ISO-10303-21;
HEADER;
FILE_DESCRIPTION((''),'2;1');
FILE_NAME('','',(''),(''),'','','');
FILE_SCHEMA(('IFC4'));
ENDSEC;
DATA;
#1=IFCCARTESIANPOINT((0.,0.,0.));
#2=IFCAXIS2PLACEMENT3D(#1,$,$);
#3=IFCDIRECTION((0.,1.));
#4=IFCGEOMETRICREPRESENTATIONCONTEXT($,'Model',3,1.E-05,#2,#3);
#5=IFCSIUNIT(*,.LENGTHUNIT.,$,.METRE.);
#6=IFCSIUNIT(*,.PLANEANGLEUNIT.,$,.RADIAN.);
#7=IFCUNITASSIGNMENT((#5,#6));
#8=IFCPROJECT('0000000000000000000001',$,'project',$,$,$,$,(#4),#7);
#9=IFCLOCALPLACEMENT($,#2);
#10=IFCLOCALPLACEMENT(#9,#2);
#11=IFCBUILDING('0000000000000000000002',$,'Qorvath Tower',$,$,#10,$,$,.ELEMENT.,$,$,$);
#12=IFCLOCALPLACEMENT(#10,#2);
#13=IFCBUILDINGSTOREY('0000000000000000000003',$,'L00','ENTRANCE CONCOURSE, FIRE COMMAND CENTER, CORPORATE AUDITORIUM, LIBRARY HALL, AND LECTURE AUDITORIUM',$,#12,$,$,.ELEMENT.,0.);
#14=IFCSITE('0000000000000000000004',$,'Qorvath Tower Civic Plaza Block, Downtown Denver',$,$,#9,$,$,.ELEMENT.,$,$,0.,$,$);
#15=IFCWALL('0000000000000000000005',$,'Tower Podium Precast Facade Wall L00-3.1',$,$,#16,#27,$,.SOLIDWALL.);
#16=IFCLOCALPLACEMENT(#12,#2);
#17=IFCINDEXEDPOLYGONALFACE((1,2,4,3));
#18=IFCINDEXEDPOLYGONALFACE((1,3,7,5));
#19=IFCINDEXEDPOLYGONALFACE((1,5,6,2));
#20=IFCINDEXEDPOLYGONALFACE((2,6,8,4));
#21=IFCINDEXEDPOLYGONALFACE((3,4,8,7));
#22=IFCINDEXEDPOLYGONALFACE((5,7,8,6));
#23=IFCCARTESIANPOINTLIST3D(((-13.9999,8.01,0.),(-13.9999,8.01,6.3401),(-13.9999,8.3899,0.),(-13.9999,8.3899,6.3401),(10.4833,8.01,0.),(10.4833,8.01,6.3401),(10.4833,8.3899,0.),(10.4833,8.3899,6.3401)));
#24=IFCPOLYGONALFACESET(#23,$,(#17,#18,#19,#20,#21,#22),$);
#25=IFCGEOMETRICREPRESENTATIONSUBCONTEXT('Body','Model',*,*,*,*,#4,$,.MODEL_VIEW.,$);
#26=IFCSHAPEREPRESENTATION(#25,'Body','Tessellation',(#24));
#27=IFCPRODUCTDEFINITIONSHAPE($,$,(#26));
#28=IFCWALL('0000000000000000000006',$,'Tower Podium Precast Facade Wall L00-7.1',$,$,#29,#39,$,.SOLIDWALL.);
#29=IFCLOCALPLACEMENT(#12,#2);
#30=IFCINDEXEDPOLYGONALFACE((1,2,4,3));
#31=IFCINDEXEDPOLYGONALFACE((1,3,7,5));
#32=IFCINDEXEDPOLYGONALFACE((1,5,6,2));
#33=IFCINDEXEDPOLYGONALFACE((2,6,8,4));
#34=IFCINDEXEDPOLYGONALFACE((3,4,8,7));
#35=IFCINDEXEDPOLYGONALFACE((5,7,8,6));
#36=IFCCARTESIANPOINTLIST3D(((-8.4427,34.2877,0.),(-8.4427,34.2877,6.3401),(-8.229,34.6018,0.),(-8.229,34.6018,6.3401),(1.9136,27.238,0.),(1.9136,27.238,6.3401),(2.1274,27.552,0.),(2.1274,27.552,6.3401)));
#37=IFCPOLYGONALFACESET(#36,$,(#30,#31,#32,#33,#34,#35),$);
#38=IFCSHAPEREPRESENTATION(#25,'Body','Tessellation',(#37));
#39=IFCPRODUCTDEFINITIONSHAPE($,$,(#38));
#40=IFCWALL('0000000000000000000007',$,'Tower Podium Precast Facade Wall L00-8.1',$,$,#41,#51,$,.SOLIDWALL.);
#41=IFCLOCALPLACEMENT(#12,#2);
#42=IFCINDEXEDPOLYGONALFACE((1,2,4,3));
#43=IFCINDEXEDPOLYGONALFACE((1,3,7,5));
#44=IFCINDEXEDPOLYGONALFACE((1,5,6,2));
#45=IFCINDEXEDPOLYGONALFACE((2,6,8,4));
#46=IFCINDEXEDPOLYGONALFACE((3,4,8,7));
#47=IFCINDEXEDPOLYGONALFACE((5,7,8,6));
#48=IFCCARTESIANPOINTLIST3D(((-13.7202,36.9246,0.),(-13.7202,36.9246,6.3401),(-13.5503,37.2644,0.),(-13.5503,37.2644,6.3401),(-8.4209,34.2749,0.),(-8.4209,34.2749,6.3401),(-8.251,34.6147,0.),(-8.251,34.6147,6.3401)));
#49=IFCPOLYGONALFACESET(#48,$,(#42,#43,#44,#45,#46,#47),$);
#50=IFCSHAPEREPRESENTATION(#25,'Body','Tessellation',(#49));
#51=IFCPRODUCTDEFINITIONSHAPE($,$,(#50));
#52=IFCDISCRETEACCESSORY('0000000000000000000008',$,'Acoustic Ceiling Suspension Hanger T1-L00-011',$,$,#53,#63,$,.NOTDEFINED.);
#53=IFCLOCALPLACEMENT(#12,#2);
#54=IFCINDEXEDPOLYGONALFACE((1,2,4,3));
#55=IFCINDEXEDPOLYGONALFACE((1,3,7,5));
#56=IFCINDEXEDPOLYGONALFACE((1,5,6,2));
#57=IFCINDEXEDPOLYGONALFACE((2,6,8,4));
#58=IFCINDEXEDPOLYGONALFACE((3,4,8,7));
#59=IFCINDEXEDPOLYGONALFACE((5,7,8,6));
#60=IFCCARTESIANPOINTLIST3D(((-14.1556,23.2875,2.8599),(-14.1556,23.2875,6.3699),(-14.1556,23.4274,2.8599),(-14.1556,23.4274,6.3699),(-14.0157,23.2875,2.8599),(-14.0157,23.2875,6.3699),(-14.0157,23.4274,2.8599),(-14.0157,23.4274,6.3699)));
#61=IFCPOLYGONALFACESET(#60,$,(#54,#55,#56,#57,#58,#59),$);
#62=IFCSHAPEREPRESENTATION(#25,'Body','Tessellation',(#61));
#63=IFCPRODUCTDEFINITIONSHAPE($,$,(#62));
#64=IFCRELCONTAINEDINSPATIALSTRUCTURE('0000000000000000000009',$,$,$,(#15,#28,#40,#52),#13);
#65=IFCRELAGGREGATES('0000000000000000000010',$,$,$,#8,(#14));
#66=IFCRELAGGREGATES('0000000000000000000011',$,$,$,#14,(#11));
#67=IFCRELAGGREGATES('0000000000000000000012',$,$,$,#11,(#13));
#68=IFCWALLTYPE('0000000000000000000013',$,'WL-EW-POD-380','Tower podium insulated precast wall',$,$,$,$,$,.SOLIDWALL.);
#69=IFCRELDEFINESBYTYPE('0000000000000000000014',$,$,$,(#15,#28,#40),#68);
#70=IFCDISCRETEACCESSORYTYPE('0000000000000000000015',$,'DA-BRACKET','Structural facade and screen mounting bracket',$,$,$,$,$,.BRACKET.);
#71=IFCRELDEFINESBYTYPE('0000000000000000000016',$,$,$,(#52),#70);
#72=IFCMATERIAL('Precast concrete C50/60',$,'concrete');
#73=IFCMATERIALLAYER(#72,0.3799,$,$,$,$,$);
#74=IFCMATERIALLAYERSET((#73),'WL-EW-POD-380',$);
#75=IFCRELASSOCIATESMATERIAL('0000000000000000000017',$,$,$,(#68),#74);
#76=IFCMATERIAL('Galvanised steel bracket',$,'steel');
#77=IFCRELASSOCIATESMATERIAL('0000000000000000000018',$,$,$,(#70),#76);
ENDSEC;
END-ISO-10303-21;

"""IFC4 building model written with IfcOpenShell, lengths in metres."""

from ifc_helpers import new_model, si_unit, direction, frame, frame_2d, origin, origin_2d, place, context, subcontext, project, spatial, rectangle, extrude, material, layer, layer_set, type_object, element, save


model = new_model("IFC4")

# Units and contexts
model_context = context("Model", 3, precision=1e-05, world=origin(), true_north=direction((0.0, 1.0)))
body_context = subcontext(model_context, "Body", "Model", "MODEL_VIEW")
ifc_project = project(units=[si_unit("LENGTHUNIT", "METRE"), si_unit("PLANEANGLEUNIT", "RADIAN")], contexts=[model_context])

# Site, building, storey
site_placement = place(None, origin())
site = spatial("IfcSite", under=ifc_project, at=site_placement, Name="Qorvath Tower Civic Plaza Block, Downtown Denver", CompositionType="ELEMENT", RefElevation=0.0)
building_placement = place(site_placement, origin())
building = spatial("IfcBuilding", under=site, at=building_placement, Name="Qorvath Tower", CompositionType="ELEMENT")
storey_placement = place(building_placement, origin())
storey = spatial("IfcBuildingStorey", under=building, at=storey_placement, Name="L00", Description="ENTRANCE CONCOURSE, FIRE COMMAND CENTER, CORPORATE AUDITORIUM, LIBRARY HALL, AND LECTURE AUDITORIUM", CompositionType="ELEMENT", Elevation=0.0)

# Shared definitions
ifc_material_1 = material(Name="Precast concrete C50/60", Category="concrete")
ifc_layer_1 = layer(ifc_material_1, 0.3799)
ifc_layer_set_1 = layer_set([ifc_layer_1], Name="WL-EW-POD-380")
wall_type_1 = type_object("IfcWallType", Name="WL-EW-POD-380", Description="Tower podium insulated precast wall", PredefinedType="SOLIDWALL", material=ifc_layer_set_1)

# Walls
wall_1_placement = place(storey_placement, frame((-14.0, 8.2, 0.0), z_axis=(0.0, 0.0, 1.0), x_axis=(1.0, 0.0, 0.0)))
element("IfcWall", 1, at=wall_1_placement, inside=storey, type_object=wall_type_1, Name="Tower Podium Precast Facade Wall L00-3.1", PredefinedType="SOLIDWALL", context=body_context, shape_type="SweptSolid", body=[
    extrude(rectangle(XDim=24.4832, YDim=0.3799, at=frame_2d((12.2417, 0.0))), origin(), (0.0, 0.0, 1.0), 6.3401),
])
wall_2_placement = place(storey_placement, frame((-8.3359, 34.4448, 0.0), z_axis=(0.0, 0.0, 1.0), x_axis=(0.826651, -0.562715, 0.0)))
element("IfcWall", 2, at=wall_2_placement, inside=storey, type_object=wall_type_1, Name="Tower Podium Precast Facade Wall L00-7.1", PredefinedType="SOLIDWALL", context=body_context, shape_type="SweptSolid", body=[
    extrude(rectangle(XDim=12.5281, YDim=0.3799, at=frame_2d((6.2642, 0.0))), origin(), (0.0, 0.0, 1.0), 6.3401),
])
wall_3_placement = place(storey_placement, frame((-13.6353, 37.0945, 0.0), z_axis=(0.0, 0.0, 1.0), x_axis=(0.894427, -0.447214, 0.0)))
element("IfcWall", 3, at=wall_3_placement, inside=storey, type_object=wall_type_1, Name="Tower Podium Precast Facade Wall L00-8.1", PredefinedType="SOLIDWALL", context=body_context, shape_type="SweptSolid", body=[
    extrude(rectangle(XDim=5.9248, YDim=0.3799, at=frame_2d((2.9624, 0.0))), origin(), (0.0, 0.0, 1.0), 6.3401),
])

# Discrete accessory
ifc_material_2 = material(Name="Galvanised steel bracket", Category="steel")
discrete_accessory_type = type_object("IfcDiscreteAccessoryType", Name="DA-BRACKET", Description="Structural facade and screen mounting bracket", PredefinedType="BRACKET", material=ifc_material_2)
discrete_accessory_placement = place(storey_placement, frame((-14.0857, 23.3574, 2.8599), z_axis=(0.0, 0.0, 1.0), x_axis=(1.0, 0.0, 0.0)))
element("IfcDiscreteAccessory", 4, at=discrete_accessory_placement, inside=storey, type_object=discrete_accessory_type, Name="Acoustic Ceiling Suspension Hanger T1-L00-011", PredefinedType="NOTDEFINED", context=body_context, shape_type="SweptSolid", body=[
    extrude(rectangle(XDim=0.1399, YDim=0.1399, at=origin_2d()), origin(), (0.0, 0.0, 1.0), 3.51),
])

save(model, "model.ifc")
